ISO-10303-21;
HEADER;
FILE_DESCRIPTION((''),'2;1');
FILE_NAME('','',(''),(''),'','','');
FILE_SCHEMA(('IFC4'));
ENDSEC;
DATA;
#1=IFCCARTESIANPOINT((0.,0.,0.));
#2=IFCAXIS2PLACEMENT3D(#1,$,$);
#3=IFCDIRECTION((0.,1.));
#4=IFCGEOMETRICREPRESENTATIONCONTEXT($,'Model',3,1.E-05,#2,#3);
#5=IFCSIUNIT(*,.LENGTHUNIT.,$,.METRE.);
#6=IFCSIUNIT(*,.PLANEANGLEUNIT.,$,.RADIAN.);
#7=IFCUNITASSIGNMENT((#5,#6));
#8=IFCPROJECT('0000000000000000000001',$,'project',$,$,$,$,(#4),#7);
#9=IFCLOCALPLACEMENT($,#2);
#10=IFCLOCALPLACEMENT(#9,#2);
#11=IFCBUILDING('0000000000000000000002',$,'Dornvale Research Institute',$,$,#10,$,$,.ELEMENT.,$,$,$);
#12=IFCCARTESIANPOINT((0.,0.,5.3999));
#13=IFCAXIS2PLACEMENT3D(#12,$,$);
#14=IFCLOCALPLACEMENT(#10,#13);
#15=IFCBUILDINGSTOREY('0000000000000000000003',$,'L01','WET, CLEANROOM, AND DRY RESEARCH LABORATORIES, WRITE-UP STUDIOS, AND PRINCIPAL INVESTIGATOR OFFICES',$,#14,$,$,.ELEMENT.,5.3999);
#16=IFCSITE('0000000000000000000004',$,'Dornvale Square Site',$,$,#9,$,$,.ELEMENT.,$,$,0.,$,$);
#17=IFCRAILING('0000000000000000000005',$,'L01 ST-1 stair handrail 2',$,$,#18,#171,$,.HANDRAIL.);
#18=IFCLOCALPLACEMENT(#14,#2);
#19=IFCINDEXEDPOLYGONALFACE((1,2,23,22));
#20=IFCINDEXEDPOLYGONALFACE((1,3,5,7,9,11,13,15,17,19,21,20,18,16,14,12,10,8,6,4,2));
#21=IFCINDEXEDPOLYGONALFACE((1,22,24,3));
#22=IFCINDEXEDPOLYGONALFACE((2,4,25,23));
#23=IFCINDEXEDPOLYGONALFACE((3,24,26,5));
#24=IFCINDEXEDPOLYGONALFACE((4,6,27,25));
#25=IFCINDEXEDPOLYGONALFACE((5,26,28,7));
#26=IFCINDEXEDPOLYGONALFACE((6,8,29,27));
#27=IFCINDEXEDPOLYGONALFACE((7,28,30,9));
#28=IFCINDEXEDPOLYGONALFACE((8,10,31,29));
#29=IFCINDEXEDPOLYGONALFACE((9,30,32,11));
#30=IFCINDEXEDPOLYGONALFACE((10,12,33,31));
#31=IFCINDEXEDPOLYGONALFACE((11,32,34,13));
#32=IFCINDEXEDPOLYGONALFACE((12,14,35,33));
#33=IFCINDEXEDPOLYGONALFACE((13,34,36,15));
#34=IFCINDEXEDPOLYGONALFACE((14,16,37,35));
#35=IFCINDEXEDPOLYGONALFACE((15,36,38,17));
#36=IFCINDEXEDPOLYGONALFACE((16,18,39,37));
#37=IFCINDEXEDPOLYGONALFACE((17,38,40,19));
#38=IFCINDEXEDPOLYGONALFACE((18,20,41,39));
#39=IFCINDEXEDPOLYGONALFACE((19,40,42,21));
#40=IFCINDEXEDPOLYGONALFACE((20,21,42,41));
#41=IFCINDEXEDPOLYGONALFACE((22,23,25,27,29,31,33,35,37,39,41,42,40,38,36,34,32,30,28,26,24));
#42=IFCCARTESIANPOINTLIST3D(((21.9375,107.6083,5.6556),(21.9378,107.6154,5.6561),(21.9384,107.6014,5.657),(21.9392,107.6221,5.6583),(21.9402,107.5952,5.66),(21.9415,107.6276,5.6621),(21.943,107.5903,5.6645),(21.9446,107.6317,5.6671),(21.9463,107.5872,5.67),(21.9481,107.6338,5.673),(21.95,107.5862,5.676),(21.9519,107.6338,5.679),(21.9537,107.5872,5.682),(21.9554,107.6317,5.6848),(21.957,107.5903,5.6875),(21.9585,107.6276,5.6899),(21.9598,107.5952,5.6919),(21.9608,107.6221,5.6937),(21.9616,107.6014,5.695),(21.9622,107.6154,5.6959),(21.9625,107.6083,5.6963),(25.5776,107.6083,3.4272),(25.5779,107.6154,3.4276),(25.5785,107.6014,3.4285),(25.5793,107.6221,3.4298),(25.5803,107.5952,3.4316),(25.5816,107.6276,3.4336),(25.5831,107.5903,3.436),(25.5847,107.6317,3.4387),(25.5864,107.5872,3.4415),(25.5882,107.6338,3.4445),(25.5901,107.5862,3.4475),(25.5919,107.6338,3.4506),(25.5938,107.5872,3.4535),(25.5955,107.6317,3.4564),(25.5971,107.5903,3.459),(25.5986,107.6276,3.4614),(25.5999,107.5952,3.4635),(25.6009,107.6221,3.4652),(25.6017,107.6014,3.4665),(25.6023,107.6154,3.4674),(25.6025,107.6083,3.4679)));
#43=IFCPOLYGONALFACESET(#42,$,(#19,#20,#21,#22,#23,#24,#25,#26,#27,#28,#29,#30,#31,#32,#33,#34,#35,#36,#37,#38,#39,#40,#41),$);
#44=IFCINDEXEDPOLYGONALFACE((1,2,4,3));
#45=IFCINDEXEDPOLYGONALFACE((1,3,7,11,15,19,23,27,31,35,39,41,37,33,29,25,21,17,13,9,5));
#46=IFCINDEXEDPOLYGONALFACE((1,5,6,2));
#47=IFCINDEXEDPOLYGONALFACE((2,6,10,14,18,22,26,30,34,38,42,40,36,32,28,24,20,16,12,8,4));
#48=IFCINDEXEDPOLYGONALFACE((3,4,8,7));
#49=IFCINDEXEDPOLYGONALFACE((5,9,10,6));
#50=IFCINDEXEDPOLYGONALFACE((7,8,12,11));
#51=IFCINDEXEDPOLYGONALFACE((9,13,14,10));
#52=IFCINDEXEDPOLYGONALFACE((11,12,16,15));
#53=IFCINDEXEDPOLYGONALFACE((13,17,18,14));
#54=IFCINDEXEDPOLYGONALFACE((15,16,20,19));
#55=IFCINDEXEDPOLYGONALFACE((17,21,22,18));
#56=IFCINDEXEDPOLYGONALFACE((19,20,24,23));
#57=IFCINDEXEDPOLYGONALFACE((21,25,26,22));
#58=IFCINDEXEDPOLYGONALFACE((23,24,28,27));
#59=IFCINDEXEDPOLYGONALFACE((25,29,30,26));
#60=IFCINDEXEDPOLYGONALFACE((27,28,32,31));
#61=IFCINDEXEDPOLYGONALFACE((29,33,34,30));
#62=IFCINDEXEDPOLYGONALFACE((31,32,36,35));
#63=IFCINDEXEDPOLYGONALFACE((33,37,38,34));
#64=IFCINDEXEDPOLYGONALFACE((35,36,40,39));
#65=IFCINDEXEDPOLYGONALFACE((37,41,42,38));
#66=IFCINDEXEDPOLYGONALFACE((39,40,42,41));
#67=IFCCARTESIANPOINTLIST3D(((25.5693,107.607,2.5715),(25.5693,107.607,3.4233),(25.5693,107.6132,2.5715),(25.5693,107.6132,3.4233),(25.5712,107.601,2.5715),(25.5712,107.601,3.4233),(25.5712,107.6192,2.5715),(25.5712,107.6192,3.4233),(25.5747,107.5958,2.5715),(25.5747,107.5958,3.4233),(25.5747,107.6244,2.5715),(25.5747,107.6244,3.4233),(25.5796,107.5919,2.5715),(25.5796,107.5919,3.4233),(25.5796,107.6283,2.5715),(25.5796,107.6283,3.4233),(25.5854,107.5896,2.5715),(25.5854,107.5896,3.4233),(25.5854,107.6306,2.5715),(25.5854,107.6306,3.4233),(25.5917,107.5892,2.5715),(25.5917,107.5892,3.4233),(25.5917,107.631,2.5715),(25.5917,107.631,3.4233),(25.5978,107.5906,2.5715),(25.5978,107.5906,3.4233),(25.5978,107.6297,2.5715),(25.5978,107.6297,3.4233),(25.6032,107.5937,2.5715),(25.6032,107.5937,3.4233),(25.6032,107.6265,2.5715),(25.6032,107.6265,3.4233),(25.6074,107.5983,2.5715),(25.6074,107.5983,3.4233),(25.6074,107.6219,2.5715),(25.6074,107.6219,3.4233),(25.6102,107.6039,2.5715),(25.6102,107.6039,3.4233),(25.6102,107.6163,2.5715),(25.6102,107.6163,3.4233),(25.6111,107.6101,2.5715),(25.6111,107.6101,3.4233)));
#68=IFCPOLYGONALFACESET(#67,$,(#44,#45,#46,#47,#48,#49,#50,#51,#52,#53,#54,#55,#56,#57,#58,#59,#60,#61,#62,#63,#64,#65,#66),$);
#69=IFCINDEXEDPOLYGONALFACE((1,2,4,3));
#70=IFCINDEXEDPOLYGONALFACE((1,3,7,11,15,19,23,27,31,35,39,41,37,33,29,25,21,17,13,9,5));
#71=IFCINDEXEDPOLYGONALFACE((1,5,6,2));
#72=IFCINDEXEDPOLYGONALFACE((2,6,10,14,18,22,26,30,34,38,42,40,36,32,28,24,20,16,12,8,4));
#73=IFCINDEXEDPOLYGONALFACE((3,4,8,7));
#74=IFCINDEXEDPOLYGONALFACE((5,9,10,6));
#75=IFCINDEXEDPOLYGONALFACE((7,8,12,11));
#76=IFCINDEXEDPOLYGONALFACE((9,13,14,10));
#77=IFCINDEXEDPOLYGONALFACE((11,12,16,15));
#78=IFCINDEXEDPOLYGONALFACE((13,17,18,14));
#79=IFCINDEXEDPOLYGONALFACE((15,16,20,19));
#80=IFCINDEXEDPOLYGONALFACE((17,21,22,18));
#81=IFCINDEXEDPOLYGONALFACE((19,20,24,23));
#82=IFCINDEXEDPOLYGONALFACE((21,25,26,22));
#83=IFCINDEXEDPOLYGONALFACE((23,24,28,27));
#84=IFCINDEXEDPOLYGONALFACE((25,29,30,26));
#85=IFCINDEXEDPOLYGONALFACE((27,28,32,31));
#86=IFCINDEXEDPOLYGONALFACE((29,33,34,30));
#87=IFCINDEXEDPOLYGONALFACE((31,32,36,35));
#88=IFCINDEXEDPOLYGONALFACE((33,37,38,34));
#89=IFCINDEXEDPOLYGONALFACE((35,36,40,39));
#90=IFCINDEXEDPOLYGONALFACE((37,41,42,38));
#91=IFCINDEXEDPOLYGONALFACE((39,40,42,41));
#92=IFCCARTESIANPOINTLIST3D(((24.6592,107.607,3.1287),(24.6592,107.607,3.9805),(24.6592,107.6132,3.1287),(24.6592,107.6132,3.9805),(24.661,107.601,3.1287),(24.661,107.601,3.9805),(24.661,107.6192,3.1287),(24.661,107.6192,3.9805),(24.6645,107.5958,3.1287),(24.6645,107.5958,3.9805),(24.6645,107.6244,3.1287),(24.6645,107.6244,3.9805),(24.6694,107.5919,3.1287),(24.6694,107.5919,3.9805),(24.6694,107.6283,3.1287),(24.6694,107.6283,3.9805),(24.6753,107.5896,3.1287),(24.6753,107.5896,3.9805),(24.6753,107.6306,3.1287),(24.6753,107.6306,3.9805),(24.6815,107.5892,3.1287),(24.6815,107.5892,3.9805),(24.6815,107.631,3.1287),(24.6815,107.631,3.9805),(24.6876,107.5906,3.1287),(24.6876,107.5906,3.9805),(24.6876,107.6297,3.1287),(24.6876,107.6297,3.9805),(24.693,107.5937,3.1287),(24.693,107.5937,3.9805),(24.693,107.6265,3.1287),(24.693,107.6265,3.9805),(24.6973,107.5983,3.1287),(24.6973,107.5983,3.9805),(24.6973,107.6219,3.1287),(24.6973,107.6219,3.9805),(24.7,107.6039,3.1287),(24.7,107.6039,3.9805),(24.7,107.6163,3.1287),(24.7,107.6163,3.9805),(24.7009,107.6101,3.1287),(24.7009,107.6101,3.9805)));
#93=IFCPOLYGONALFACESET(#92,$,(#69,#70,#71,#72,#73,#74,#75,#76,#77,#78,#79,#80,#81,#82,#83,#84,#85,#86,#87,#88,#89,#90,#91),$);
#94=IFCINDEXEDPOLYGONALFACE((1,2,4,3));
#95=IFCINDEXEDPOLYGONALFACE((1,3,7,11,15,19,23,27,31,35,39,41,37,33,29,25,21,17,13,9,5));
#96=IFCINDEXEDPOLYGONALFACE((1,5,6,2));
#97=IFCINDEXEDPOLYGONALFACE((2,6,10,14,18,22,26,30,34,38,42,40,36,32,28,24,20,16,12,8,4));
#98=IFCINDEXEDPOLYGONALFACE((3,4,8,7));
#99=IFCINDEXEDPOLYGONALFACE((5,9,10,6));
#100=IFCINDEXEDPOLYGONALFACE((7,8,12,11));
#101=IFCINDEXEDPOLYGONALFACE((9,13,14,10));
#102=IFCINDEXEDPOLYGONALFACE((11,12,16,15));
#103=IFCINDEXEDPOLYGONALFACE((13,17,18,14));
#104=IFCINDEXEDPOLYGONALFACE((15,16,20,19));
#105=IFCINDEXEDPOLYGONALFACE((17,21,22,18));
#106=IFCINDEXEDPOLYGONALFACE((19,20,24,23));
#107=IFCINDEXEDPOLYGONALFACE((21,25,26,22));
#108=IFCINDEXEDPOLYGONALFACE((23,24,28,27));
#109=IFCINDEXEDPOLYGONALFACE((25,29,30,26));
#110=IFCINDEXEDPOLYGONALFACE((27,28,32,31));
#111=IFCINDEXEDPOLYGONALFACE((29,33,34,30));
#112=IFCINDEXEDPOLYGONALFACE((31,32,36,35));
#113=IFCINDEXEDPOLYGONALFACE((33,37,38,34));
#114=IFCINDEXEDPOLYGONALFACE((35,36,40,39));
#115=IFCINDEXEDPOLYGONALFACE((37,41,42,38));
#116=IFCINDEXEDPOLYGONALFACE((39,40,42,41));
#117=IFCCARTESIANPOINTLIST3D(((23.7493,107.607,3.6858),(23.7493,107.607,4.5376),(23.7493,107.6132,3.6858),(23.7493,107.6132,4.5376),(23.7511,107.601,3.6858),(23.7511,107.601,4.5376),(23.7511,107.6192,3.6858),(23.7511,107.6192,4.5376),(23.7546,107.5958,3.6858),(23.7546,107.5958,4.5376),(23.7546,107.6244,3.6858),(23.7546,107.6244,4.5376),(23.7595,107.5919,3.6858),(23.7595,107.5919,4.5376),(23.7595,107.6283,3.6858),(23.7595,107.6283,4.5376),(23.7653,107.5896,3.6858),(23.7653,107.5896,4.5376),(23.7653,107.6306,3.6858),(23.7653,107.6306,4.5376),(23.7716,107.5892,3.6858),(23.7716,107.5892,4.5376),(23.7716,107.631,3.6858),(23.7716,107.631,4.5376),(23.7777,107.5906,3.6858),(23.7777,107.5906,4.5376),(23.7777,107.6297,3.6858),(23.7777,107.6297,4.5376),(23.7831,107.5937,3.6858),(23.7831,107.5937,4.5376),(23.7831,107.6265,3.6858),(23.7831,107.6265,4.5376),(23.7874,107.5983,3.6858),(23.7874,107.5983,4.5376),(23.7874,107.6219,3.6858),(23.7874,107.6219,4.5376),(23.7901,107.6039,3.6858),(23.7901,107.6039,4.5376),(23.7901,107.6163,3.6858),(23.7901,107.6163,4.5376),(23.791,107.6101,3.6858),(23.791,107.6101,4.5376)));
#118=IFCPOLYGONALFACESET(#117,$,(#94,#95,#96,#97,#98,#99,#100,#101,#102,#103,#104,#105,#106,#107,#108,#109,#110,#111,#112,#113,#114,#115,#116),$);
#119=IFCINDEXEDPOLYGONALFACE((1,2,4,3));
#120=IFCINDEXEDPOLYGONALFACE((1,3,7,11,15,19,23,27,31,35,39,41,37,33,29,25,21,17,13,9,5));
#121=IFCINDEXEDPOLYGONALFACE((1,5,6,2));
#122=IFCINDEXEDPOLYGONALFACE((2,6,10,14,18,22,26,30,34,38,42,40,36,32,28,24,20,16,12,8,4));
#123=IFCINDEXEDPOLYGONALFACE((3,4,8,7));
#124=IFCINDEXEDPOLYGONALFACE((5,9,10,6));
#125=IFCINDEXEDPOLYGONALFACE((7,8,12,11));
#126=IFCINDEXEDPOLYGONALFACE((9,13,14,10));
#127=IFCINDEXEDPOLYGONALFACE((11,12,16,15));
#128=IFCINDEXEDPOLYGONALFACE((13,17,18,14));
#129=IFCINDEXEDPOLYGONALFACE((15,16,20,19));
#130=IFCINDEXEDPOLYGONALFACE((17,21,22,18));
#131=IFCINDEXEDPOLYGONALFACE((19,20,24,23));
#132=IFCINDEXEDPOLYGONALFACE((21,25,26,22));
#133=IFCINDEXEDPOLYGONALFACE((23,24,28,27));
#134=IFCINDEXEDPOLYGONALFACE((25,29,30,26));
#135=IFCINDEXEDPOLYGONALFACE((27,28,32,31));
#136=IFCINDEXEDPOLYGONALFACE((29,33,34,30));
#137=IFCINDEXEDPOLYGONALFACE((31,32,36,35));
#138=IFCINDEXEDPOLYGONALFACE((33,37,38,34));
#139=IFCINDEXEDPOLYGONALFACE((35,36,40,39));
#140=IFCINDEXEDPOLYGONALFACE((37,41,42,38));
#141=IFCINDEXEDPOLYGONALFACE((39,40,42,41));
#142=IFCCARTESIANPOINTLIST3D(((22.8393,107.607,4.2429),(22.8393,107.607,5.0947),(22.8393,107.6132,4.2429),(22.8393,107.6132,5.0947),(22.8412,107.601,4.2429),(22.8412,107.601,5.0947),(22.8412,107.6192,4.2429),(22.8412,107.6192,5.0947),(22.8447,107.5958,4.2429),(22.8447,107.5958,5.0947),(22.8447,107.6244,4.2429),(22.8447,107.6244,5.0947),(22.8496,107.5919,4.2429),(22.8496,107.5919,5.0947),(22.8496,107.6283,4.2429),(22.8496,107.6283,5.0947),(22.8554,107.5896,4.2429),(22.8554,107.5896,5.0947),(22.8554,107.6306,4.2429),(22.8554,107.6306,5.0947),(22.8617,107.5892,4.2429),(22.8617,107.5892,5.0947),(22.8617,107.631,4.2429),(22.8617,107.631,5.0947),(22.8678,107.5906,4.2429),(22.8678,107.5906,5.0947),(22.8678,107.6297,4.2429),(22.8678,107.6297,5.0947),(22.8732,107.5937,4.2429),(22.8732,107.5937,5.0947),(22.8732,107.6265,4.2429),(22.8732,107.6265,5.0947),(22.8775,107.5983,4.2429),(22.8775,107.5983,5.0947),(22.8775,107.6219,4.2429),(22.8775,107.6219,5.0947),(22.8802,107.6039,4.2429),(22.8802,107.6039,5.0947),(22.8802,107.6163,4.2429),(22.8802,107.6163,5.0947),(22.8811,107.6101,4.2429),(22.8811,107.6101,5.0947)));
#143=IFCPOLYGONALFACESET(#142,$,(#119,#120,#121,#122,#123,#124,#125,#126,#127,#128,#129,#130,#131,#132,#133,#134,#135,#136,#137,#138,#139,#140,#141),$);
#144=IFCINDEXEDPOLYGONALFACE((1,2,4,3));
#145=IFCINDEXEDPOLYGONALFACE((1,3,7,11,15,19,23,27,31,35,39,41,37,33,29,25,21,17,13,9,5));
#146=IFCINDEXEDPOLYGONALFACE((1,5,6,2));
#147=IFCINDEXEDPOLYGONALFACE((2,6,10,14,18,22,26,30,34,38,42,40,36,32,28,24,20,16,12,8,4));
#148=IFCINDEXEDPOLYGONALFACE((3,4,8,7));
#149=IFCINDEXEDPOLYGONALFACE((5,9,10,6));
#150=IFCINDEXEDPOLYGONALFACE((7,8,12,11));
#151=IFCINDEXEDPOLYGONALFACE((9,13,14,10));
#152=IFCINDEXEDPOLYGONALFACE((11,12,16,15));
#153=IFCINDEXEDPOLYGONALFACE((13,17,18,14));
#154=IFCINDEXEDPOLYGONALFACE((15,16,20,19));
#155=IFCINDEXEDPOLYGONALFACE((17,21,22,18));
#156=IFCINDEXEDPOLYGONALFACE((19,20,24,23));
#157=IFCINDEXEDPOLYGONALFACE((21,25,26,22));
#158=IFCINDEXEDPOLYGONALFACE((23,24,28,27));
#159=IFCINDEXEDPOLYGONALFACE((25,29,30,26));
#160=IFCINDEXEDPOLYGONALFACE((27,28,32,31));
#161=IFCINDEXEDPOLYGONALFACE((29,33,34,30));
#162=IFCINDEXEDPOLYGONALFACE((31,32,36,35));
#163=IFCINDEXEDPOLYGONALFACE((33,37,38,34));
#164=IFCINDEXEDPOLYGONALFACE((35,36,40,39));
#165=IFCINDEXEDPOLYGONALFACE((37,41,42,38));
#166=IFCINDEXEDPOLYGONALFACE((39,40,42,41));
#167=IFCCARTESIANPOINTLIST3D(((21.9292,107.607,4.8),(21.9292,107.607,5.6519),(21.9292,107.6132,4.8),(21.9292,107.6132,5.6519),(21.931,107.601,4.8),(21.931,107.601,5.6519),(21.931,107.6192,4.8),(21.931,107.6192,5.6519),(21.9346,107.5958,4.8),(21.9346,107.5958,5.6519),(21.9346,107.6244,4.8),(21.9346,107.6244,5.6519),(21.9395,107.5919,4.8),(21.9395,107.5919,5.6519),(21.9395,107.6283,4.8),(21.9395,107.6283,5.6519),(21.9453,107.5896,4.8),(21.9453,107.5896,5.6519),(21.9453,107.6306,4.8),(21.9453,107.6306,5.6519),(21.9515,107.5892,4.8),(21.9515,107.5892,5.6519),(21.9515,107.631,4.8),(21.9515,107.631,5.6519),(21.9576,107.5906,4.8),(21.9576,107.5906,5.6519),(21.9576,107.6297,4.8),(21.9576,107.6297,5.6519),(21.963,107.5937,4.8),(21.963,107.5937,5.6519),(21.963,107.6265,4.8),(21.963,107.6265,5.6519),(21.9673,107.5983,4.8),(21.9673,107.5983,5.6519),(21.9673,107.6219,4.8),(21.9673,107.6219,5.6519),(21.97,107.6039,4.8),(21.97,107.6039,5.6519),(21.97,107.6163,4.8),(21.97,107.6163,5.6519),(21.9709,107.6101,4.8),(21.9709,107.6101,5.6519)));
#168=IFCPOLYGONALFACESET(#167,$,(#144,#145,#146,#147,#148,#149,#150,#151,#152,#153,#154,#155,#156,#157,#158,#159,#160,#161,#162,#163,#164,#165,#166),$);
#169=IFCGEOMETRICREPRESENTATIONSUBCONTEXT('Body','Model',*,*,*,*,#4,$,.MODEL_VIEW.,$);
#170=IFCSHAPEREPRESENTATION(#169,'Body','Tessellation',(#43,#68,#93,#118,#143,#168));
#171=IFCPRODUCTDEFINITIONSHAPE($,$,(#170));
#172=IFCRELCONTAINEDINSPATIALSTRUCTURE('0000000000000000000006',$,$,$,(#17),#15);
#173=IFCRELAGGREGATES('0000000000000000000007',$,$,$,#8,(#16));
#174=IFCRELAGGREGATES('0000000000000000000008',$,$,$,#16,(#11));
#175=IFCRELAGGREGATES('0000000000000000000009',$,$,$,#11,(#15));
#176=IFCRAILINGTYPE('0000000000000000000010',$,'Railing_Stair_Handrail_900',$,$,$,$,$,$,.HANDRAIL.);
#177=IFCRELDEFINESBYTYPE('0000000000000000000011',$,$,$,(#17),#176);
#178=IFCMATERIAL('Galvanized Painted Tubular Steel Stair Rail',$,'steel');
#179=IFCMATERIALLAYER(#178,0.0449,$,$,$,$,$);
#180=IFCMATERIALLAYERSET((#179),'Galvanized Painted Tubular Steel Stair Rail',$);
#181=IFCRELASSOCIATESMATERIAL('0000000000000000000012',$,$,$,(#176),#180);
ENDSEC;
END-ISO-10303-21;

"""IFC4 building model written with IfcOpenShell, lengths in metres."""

from ifc_helpers import new_model, si_unit, direction, frame, origin, origin_2d, place, context, subcontext, project, spatial, circle, extrude, material, layer, layer_set, type_object, element, save


model = new_model("IFC4")

# Units and contexts
model_context = context("Model", 3, precision=1e-05, world=origin(), true_north=direction((0.0, 1.0)))
body_context = subcontext(model_context, "Body", "Model", "MODEL_VIEW")
ifc_project = project(units=[si_unit("LENGTHUNIT", "METRE"), si_unit("PLANEANGLEUNIT", "RADIAN")], contexts=[model_context])

# Site, building, storey
site_placement = place(None, origin())
site = spatial("IfcSite", under=ifc_project, at=site_placement, Name="Dornvale Square Site", CompositionType="ELEMENT", RefElevation=0.0)
building_placement = place(site_placement, origin())
building = spatial("IfcBuilding", under=site, at=building_placement, Name="Dornvale Research Institute", CompositionType="ELEMENT")
storey_placement = place(building_placement, frame((0.0, 0.0, 5.3999)))
storey = spatial("IfcBuildingStorey", under=building, at=storey_placement, Name="L01", Description="WET, CLEANROOM, AND DRY RESEARCH LABORATORIES, WRITE-UP STUDIOS, AND PRINCIPAL INVESTIGATOR OFFICES", CompositionType="ELEMENT", Elevation=5.3999)

# Railing
ifc_material_1 = material(Name="Galvanized Painted Tubular Steel Stair Rail", Category="steel")
ifc_layer_1 = layer(ifc_material_1, 0.0449)
ifc_layer_set_1 = layer_set([ifc_layer_1], Name="Galvanized Painted Tubular Steel Stair Rail")
railing_type_1 = type_object("IfcRailingType", Name="Railing_Stair_Handrail_900", PredefinedType="HANDRAIL", material=ifc_layer_set_1)
railing_1_placement = place(storey_placement, frame((25.5901, 107.6101, 2.5715)))
element("IfcRailing", 1, at=railing_1_placement, inside=storey, type_object=railing_type_1, Name="L01 ST-1 stair handrail 2", PredefinedType="HANDRAIL", context=body_context, shape_type="SweptSolid", body=[
    extrude(circle(Radius=0.0239, at=origin_2d()), frame((0.0, 0.0, 0.876), z_axis=(-0.852866, 0.0, 0.52213), x_axis=(0.0, -1.0, 0.0)), (0.0, 0.0, 1.0), 4.2681),
    extrude(circle(Radius=0.021, at=origin_2d()), origin(), (0.0, 0.0, 1.0), 0.8518),
    extrude(circle(Radius=0.021, at=origin_2d()), frame((-0.9102, 0.0, 0.5571)), (0.0, 0.0, 1.0), 0.8518),
    extrude(circle(Radius=0.021, at=origin_2d()), frame((-1.8201, 0.0, 1.1143)), (0.0, 0.0, 1.0), 0.8518),
    extrude(circle(Radius=0.021, at=origin_2d()), frame((-2.73, 0.0, 1.6714)), (0.0, 0.0, 1.0), 0.8518),
    extrude(circle(Radius=0.021, at=origin_2d()), frame((-3.6401, 0.0, 2.2285)), (0.0, 0.0, 1.0), 0.8518),
])

save(model, "model.ifc")
